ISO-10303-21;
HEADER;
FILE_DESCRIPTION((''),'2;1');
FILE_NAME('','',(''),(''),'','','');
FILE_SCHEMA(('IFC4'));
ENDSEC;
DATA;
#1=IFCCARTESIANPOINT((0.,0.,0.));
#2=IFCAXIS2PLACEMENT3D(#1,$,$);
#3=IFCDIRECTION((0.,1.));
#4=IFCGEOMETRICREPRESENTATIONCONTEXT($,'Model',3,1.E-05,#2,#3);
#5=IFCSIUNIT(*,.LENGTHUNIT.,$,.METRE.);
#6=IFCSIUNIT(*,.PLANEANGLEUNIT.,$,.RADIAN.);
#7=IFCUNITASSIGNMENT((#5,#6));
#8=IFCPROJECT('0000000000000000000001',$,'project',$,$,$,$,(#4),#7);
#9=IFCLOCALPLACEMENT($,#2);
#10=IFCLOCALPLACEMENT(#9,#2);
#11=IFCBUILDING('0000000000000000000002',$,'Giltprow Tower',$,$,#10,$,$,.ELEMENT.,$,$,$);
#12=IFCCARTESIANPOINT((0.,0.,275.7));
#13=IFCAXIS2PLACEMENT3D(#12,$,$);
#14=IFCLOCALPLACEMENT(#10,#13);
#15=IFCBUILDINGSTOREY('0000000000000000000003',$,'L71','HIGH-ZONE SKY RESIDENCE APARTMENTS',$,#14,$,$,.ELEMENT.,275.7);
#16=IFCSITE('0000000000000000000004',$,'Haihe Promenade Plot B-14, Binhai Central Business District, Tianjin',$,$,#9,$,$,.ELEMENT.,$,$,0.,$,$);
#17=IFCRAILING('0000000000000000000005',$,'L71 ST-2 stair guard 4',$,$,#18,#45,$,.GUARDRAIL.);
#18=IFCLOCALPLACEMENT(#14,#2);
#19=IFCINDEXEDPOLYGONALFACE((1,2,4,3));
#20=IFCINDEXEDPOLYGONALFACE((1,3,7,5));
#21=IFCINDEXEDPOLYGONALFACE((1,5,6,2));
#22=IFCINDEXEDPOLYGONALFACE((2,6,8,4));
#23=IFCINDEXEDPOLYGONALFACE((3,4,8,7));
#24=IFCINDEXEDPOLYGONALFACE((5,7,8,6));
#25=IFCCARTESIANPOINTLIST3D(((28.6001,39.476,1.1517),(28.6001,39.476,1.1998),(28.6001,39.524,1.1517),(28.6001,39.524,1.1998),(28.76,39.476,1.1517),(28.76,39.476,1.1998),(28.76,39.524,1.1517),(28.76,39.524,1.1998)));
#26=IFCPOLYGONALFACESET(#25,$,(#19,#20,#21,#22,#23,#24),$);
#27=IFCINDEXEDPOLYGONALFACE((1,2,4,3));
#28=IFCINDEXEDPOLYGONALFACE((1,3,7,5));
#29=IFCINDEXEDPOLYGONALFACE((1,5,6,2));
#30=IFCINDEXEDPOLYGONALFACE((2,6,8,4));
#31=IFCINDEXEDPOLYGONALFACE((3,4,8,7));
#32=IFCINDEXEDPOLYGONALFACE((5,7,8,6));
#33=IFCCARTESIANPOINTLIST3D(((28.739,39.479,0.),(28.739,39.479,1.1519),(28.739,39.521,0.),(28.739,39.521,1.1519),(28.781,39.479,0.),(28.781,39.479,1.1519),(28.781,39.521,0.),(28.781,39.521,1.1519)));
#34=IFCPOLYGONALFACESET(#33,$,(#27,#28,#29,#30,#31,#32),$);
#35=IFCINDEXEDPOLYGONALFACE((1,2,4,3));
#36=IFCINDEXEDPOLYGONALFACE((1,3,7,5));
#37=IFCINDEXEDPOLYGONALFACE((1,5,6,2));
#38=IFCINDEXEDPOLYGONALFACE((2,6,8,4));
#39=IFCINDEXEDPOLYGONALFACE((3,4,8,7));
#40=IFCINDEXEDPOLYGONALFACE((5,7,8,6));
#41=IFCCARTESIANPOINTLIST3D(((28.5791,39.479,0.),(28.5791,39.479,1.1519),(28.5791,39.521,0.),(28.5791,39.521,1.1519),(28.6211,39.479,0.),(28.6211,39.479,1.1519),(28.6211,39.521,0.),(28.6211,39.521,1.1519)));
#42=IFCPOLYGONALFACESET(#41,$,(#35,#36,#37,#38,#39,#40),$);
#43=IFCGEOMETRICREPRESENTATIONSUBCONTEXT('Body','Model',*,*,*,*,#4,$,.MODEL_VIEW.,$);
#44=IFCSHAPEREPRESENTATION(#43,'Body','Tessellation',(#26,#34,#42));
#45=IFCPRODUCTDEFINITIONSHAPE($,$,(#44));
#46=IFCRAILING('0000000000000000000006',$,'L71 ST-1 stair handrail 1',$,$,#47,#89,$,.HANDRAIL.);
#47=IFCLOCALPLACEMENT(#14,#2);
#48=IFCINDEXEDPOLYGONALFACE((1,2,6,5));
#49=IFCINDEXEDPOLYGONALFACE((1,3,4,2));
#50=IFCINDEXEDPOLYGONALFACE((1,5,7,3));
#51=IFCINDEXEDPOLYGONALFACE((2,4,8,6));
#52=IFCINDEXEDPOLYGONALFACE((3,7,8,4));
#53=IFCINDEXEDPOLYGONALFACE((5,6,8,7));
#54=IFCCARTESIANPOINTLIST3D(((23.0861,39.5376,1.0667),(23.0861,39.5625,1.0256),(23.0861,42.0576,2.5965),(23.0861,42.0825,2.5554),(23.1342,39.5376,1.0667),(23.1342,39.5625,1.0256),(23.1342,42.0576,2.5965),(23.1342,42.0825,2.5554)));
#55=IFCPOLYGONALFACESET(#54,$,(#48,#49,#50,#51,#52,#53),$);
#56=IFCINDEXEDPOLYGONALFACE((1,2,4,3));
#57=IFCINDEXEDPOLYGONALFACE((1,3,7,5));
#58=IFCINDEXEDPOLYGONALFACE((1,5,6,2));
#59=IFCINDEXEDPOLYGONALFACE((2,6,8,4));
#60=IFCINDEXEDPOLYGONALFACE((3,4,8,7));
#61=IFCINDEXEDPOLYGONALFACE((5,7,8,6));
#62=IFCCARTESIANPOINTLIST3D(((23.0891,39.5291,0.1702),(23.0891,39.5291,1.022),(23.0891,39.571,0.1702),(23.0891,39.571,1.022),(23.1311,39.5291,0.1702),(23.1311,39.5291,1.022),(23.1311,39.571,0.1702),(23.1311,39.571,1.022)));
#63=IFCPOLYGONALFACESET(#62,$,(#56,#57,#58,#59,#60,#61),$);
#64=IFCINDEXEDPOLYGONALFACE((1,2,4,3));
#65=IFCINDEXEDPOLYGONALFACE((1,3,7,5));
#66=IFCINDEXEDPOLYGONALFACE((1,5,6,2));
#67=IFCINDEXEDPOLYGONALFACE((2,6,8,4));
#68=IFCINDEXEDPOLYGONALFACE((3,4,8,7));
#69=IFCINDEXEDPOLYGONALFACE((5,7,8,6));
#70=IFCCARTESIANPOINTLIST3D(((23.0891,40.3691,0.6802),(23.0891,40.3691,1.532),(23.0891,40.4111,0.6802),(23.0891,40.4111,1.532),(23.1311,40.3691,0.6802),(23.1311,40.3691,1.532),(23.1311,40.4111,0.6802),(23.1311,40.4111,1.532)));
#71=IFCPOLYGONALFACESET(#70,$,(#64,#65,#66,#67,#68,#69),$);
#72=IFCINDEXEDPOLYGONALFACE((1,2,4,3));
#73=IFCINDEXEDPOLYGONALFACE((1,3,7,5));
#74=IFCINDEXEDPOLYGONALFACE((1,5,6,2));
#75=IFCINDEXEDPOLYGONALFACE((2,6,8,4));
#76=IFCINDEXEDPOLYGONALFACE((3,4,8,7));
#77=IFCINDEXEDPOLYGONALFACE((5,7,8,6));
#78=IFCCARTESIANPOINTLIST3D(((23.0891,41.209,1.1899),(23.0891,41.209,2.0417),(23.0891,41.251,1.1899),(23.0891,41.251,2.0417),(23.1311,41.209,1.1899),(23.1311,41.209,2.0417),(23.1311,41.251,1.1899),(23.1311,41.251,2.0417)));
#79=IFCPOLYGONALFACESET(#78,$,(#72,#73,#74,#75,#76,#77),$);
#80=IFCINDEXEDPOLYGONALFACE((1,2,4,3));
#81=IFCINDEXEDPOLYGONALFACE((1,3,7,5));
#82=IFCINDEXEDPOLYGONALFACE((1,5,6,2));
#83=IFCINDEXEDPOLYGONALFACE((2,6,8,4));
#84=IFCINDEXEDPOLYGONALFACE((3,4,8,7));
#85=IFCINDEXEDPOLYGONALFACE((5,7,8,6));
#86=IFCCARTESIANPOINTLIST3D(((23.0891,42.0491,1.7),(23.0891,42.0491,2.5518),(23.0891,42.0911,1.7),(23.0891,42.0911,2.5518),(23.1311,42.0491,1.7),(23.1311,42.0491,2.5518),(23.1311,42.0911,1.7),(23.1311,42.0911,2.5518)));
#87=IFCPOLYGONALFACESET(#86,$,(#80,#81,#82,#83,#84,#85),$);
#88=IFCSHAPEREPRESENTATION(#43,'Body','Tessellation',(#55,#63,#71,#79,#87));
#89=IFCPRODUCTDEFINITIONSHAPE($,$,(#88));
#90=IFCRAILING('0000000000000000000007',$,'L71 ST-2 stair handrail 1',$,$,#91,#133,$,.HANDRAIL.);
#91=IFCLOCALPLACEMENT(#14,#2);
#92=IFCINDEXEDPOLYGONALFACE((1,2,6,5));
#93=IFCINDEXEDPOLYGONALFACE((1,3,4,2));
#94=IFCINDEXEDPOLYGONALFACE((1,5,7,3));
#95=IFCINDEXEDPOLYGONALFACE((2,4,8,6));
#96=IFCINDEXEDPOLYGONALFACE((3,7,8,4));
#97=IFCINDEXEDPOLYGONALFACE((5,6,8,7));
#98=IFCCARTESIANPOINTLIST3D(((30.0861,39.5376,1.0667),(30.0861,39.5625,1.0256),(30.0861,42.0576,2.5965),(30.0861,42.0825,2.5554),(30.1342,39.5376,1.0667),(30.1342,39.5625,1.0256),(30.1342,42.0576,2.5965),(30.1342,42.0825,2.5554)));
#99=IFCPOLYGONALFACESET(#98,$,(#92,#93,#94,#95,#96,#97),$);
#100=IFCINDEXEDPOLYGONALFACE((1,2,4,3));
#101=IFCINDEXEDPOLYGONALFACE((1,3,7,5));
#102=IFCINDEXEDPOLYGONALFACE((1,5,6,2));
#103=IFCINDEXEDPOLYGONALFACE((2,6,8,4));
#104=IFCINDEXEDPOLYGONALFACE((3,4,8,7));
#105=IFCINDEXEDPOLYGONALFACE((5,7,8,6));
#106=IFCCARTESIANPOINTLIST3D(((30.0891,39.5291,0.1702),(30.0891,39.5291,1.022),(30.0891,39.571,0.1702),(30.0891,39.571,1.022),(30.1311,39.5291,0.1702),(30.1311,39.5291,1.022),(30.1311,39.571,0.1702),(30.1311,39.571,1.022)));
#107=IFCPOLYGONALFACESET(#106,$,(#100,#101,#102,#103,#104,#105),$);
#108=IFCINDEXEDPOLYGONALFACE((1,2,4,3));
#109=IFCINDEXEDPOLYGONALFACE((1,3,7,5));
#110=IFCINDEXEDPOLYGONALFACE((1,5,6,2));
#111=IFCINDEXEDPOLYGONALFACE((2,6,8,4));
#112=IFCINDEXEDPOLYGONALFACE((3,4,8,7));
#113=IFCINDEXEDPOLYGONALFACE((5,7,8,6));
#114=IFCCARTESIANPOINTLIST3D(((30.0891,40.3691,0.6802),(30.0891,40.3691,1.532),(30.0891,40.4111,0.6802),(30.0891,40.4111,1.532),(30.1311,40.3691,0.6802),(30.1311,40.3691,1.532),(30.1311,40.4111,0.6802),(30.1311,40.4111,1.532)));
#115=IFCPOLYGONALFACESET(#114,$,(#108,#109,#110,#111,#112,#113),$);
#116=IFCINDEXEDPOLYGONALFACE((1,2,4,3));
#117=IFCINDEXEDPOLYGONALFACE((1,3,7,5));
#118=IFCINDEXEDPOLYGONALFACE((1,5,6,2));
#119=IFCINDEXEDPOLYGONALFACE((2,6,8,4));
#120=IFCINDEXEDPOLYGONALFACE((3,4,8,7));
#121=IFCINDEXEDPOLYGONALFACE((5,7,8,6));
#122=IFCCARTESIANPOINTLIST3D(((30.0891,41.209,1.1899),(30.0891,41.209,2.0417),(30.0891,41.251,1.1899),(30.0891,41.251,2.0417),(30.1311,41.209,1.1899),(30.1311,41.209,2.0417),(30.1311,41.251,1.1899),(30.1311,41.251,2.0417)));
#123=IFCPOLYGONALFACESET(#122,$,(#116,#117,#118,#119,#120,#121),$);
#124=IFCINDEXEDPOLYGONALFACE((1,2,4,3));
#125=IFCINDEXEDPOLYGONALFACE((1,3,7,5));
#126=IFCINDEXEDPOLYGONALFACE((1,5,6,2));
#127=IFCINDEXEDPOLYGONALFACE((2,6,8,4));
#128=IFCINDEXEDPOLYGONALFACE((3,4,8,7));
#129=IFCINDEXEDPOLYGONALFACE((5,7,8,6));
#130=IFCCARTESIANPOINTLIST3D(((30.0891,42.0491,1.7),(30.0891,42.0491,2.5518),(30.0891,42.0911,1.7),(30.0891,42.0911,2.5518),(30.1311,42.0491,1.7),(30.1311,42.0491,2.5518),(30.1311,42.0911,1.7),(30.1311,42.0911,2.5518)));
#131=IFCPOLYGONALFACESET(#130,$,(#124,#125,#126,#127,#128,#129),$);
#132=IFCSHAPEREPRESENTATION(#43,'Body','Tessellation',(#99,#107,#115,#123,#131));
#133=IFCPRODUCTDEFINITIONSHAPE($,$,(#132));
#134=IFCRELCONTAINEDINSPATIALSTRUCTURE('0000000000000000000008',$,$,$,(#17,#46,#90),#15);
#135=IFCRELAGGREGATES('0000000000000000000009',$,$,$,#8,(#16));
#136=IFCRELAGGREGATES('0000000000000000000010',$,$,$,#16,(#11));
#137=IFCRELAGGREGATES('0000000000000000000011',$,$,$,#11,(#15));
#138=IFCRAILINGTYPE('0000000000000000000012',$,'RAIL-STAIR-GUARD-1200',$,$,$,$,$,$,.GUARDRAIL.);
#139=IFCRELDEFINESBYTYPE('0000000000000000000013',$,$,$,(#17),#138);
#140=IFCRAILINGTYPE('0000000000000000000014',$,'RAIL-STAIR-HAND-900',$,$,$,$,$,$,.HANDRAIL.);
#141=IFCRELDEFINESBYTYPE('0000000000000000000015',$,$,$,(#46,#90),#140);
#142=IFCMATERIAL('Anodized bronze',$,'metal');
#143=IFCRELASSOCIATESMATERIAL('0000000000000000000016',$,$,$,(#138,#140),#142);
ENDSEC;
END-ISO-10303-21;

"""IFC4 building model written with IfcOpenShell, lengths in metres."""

from ifc_helpers import new_model, si_unit, direction, frame, origin, origin_2d, place, context, subcontext, project, spatial, rectangle, extrude, material, type_object, element, save


model = new_model("IFC4")

# Units and contexts
model_context = context("Model", 3, precision=1e-05, world=origin(), true_north=direction((0.0, 1.0)))
body_context = subcontext(model_context, "Body", "Model", "MODEL_VIEW")
ifc_project = project(units=[si_unit("LENGTHUNIT", "METRE"), si_unit("PLANEANGLEUNIT", "RADIAN")], contexts=[model_context])

# Site, building, storey
site_placement = place(None, origin())
site = spatial("IfcSite", under=ifc_project, at=site_placement, Name="Haihe Promenade Plot B-14, Binhai Central Business District, Tianjin", CompositionType="ELEMENT", RefElevation=0.0)
building_placement = place(site_placement, origin())
building = spatial("IfcBuilding", under=site, at=building_placement, Name="Giltprow Tower", CompositionType="ELEMENT")
storey_placement = place(building_placement, frame((0.0, 0.0, 275.7)))
storey = spatial("IfcBuildingStorey", under=building, at=storey_placement, Name="L71", Description="HIGH-ZONE SKY RESIDENCE APARTMENTS", CompositionType="ELEMENT", Elevation=275.7)

# Railings
ifc_material_1 = material(Name="Anodized bronze", Category="metal")
railing_type_1 = type_object("IfcRailingType", Name="RAIL-STAIR-GUARD-1200", PredefinedType="GUARDRAIL", material=ifc_material_1)
railing_1_placement = place(storey_placement, frame((28.76, 39.5, 0.0)))
element("IfcRailing", 1, at=railing_1_placement, inside=storey, type_object=railing_type_1, Name="L71 ST-2 stair guard 4", PredefinedType="GUARDRAIL", context=body_context, shape_type="SweptSolid", body=[
    extrude(rectangle(XDim=0.0481, YDim=0.0481, at=origin_2d()), frame((0.0, 0.0, 1.1758), z_axis=(-1.0, 0.0, 0.0), x_axis=(0.0, -1.0, 0.0)), (0.0, 0.0, 1.0), 0.1599),
    extrude(rectangle(XDim=0.042, YDim=0.042, at=origin_2d()), origin(), (0.0, 0.0, 1.0), 1.1519),
    extrude(rectangle(XDim=0.042, YDim=0.042, at=origin_2d()), frame((-0.1599, 0.0, 0.0)), (0.0, 0.0, 1.0), 1.1519),
])
railing_type_2 = type_object("IfcRailingType", Name="RAIL-STAIR-HAND-900", PredefinedType="HANDRAIL", material=ifc_material_1)
for number, where, name in (
    (2, (23.1101, 39.55, 0.1702), "L71 ST-1 stair handrail 1"),
    (3, (30.1101, 39.55, 0.1702), "L71 ST-2 stair handrail 1"),
):
    element("IfcRailing", number, at=place(storey_placement, frame(where)), inside=storey, type_object=railing_type_2, Name=name, PredefinedType="HANDRAIL", context=body_context, shape_type="SweptSolid", body=[
        extrude(rectangle(XDim=0.0481, YDim=0.0481, at=origin_2d()), frame((0.0, 0.0, 0.876), z_axis=(0.0, 0.854822, 0.518922), x_axis=(-1.0, 0.0, 0.0)), (0.0, 0.0, 1.0), 2.948),
        extrude(rectangle(XDim=0.042, YDim=0.042, at=origin_2d()), origin(), (0.0, 0.0, 1.0), 0.8518),
        extrude(rectangle(XDim=0.042, YDim=0.042, at=origin_2d()), frame((0.0, 0.8401, 0.51)), (0.0, 0.0, 1.0), 0.8518),
        extrude(rectangle(XDim=0.042, YDim=0.042, at=origin_2d()), frame((0.0, 1.6799, 1.0198)), (0.0, 0.0, 1.0), 0.8518),
        extrude(rectangle(XDim=0.042, YDim=0.042, at=origin_2d()), frame((0.0, 2.52, 1.5298)), (0.0, 0.0, 1.0), 0.8518),
    ])

save(model, "model.ifc")
